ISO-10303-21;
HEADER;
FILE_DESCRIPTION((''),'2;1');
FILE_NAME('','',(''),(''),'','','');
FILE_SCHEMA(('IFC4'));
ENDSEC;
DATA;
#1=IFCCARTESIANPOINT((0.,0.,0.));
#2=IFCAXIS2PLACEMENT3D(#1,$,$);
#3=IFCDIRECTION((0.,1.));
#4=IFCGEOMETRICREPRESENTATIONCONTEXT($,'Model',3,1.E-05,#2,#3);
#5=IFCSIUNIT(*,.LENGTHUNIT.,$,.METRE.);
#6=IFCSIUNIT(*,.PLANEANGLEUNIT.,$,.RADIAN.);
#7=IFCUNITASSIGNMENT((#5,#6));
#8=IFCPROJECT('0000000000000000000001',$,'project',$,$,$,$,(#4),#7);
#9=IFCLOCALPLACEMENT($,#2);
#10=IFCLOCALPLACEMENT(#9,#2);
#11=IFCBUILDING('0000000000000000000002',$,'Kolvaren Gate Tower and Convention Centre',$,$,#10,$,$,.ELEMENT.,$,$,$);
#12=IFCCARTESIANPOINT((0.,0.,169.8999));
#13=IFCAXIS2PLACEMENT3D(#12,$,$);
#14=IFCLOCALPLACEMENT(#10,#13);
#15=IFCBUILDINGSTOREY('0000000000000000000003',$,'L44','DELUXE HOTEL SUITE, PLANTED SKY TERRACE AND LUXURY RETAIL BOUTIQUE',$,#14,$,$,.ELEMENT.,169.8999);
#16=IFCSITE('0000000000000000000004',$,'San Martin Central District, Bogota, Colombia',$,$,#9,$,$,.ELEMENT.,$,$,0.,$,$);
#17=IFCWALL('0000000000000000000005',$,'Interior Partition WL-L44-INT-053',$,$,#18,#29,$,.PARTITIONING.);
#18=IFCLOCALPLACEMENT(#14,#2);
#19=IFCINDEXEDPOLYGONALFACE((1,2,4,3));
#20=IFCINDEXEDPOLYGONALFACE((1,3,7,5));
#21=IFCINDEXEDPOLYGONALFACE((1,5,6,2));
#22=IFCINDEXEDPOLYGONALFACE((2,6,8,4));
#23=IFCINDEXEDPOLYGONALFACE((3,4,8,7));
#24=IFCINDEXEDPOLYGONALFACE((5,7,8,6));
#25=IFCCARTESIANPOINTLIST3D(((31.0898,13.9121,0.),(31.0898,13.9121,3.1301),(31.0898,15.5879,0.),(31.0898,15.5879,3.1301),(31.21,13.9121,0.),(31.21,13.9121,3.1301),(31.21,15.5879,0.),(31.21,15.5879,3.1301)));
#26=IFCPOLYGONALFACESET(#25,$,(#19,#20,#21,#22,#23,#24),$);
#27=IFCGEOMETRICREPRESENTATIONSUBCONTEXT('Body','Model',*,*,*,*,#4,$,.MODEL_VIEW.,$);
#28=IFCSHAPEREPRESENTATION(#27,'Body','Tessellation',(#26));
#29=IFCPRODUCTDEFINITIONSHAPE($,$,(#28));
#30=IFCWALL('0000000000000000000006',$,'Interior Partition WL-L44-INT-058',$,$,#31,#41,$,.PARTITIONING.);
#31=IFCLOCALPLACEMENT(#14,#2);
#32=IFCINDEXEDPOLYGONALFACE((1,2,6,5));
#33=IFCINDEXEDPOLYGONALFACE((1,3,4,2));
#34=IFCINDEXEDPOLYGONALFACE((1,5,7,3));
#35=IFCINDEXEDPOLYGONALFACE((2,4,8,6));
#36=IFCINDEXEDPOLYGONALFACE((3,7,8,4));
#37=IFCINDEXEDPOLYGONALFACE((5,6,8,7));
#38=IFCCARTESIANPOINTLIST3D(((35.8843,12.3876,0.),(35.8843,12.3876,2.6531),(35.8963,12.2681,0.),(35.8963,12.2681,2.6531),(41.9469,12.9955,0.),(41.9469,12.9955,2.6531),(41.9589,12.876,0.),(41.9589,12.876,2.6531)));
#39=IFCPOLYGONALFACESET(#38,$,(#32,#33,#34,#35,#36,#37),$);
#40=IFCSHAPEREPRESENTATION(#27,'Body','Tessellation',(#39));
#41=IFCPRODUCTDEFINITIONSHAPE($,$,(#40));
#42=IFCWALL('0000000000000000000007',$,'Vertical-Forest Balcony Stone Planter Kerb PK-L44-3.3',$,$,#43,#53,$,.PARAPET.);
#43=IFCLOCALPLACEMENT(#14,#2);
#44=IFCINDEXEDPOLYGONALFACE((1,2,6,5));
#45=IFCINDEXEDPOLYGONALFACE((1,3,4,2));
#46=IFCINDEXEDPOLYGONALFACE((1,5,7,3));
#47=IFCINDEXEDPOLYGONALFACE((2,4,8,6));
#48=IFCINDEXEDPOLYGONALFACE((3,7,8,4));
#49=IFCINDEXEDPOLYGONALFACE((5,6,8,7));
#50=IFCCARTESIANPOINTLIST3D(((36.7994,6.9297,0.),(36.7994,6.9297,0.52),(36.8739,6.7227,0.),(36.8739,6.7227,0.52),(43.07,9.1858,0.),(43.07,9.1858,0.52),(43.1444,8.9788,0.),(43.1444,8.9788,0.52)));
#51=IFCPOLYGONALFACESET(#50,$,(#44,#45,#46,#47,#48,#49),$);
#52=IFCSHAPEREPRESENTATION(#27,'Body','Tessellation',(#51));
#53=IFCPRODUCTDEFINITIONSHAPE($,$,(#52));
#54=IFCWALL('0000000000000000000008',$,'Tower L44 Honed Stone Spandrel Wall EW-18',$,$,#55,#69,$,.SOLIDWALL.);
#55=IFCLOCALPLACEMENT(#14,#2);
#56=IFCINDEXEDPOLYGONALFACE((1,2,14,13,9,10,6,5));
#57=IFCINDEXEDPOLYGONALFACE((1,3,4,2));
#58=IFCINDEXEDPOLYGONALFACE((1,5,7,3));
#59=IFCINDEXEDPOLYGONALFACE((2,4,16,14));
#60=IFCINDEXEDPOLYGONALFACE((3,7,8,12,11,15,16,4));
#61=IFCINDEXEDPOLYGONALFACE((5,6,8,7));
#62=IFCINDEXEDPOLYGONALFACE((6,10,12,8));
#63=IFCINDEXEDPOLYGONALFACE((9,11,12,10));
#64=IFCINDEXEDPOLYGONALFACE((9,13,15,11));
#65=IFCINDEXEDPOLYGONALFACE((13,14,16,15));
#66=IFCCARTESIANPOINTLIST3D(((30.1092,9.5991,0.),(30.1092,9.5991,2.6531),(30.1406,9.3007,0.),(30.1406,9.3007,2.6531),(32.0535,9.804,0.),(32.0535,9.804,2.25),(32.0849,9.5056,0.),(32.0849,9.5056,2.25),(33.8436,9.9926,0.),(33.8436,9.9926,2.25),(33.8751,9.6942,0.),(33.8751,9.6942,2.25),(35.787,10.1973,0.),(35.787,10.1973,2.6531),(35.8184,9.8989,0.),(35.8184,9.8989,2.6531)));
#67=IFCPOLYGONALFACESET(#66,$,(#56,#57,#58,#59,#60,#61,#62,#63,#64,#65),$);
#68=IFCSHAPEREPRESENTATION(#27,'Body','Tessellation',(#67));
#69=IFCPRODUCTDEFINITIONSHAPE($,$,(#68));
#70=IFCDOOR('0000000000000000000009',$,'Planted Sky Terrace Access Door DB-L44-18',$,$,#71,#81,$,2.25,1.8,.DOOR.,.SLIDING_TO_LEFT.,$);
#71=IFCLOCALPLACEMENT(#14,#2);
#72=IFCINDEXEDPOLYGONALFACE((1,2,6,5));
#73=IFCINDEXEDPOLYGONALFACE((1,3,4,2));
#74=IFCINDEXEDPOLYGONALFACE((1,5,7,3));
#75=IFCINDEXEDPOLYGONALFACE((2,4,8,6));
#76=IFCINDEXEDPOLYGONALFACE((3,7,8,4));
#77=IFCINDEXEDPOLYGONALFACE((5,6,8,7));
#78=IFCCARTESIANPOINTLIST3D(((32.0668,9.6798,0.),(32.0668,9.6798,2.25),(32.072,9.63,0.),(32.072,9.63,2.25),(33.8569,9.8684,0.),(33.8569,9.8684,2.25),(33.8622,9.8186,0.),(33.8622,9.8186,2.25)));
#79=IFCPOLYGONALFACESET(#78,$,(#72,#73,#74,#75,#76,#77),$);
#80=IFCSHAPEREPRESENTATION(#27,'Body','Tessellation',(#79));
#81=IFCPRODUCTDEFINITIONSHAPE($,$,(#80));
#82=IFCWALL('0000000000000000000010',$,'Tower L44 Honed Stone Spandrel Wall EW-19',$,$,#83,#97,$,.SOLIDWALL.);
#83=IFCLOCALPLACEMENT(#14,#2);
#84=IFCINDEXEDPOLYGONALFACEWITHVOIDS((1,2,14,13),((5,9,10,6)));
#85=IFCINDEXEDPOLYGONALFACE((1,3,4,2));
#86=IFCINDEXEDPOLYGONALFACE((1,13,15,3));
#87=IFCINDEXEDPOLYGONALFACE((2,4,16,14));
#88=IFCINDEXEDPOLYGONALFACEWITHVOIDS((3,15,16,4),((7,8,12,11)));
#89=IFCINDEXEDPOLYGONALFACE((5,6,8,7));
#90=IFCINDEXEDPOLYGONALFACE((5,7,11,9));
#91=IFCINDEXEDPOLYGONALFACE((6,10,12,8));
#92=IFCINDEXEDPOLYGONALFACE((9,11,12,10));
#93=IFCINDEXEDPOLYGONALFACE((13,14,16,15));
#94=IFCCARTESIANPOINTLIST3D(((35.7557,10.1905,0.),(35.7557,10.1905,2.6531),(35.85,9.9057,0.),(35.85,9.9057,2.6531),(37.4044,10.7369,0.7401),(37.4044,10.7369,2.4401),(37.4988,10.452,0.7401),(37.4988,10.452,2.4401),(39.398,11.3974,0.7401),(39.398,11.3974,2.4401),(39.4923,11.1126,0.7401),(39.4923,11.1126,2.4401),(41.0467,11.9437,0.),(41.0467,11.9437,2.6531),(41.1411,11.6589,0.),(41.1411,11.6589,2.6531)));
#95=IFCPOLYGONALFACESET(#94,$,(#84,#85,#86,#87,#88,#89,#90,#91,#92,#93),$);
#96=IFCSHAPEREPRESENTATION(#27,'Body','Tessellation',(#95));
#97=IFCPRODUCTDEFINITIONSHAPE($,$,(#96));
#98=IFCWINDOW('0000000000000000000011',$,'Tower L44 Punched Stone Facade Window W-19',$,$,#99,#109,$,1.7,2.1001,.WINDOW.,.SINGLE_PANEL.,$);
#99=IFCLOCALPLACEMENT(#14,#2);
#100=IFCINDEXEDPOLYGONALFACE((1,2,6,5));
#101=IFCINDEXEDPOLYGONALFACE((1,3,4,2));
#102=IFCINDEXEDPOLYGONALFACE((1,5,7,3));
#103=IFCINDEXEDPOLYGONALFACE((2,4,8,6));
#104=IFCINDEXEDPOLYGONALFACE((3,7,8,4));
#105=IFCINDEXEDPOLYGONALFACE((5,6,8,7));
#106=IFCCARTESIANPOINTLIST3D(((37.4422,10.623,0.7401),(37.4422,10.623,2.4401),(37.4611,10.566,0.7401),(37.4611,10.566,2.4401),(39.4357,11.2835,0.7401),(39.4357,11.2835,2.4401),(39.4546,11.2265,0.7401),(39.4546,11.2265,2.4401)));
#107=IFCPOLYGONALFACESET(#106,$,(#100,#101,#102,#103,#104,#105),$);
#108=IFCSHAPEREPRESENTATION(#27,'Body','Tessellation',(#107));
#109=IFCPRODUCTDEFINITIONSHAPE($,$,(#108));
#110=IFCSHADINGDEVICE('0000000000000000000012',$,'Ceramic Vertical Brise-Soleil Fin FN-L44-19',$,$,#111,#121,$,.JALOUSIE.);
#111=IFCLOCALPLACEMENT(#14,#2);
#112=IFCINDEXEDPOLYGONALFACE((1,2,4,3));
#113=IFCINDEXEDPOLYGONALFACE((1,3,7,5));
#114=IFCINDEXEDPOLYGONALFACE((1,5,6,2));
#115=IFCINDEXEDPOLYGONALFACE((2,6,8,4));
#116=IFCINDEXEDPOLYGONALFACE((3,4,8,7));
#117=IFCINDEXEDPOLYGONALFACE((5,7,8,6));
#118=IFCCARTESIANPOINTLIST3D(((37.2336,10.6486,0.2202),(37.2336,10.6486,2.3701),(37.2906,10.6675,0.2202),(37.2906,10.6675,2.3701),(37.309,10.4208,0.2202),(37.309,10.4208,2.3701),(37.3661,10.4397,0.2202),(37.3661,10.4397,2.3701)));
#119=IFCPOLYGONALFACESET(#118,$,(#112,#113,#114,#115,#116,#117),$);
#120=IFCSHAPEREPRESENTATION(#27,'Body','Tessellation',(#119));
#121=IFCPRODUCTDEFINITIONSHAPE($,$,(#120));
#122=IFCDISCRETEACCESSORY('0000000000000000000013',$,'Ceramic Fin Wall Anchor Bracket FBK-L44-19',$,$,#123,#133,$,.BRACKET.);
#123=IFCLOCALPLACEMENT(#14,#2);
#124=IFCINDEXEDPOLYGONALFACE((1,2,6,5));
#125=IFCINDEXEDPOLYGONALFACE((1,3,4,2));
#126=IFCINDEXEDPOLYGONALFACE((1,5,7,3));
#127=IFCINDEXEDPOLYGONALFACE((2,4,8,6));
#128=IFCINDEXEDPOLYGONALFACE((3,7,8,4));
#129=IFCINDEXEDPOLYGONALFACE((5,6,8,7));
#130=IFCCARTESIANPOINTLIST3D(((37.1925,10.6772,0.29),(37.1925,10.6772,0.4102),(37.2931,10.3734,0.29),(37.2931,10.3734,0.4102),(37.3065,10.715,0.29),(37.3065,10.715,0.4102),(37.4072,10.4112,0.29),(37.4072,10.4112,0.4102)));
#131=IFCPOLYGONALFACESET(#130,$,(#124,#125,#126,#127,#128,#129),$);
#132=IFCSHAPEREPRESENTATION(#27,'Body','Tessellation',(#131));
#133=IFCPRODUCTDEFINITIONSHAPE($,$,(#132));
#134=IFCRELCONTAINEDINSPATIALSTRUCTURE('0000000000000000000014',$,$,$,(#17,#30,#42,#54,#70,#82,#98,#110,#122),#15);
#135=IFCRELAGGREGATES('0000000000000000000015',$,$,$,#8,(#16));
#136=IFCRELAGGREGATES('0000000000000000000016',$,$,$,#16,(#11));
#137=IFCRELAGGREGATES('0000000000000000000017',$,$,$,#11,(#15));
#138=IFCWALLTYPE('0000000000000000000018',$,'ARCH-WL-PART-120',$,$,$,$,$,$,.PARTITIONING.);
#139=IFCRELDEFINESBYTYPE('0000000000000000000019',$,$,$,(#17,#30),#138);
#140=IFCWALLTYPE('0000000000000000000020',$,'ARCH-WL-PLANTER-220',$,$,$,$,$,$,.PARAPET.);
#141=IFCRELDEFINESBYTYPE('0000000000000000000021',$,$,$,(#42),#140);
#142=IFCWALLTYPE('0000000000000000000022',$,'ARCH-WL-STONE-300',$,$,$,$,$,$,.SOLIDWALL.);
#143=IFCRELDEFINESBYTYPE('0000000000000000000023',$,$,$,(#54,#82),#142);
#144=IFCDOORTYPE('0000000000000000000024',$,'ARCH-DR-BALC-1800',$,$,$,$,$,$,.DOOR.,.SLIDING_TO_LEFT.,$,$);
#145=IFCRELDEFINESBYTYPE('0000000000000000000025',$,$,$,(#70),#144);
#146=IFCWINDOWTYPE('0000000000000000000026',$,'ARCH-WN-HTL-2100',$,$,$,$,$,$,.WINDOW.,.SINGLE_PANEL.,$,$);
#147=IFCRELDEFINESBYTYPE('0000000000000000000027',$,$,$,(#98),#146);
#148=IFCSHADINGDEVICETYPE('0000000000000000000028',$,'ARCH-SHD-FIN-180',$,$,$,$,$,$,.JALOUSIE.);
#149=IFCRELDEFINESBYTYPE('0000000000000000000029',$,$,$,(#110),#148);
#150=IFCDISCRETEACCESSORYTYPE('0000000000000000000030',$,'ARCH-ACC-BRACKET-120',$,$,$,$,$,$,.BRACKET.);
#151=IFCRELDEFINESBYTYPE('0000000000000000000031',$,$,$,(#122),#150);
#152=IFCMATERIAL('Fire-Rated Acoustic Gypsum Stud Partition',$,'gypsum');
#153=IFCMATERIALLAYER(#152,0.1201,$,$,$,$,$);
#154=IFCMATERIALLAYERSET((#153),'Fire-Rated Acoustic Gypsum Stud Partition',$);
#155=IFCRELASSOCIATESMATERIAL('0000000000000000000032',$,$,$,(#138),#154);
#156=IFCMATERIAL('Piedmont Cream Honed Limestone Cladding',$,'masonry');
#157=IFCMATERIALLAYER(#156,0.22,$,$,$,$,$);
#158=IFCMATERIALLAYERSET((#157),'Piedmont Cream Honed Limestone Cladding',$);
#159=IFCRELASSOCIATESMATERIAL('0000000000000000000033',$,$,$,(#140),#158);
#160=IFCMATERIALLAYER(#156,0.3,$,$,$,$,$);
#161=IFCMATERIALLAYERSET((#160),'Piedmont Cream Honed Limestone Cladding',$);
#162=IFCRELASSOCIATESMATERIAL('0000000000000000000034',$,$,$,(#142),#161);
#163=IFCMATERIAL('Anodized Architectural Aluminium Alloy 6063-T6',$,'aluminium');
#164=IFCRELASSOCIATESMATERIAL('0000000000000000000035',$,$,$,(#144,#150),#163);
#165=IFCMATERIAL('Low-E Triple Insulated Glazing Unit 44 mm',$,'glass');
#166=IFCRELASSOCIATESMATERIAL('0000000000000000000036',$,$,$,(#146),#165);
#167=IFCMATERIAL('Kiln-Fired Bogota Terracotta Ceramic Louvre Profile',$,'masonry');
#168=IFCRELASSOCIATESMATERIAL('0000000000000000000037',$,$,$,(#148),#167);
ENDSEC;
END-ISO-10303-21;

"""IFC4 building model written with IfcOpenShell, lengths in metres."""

from ifc_helpers import new_model, si_unit, direction, frame, frame_2d, origin, origin_2d, place, context, subcontext, project, spatial, rectangle, extrude, material, layer, layer_set, type_object, element, fill, save


model = new_model("IFC4")

# Units and contexts
model_context = context("Model", 3, precision=1e-05, world=origin(), true_north=direction((0.0, 1.0)))
body_context = subcontext(model_context, "Body", "Model", "MODEL_VIEW")
ifc_project = project(units=[si_unit("LENGTHUNIT", "METRE"), si_unit("PLANEANGLEUNIT", "RADIAN")], contexts=[model_context])

# Site, building, storey
site_placement = place(None, origin())
site = spatial("IfcSite", under=ifc_project, at=site_placement, Name="San Martin Central District, Bogota, Colombia", CompositionType="ELEMENT", RefElevation=0.0)
building_placement = place(site_placement, origin())
building = spatial("IfcBuilding", under=site, at=building_placement, Name="Kolvaren Gate Tower and Convention Centre", CompositionType="ELEMENT")
storey_placement = place(building_placement, frame((0.0, 0.0, 169.8999)))
storey = spatial("IfcBuildingStorey", under=building, at=storey_placement, Name="L44", Description="DELUXE HOTEL SUITE, PLANTED SKY TERRACE AND LUXURY RETAIL BOUTIQUE", CompositionType="ELEMENT", Elevation=169.8999)

# Shared definitions
ifc_material_1 = material(Name="Fire-Rated Acoustic Gypsum Stud Partition", Category="gypsum")
ifc_layer_1 = layer(ifc_material_1, 0.1201)
ifc_layer_set_1 = layer_set([ifc_layer_1], Name="Fire-Rated Acoustic Gypsum Stud Partition")
wall_type_1 = type_object("IfcWallType", Name="ARCH-WL-PART-120", PredefinedType="PARTITIONING", material=ifc_layer_set_1)

# Walls
wall_1_placement = place(storey_placement, frame((31.1499, 13.9121, 0.0), z_axis=(0.0, 0.0, 1.0), x_axis=(0.0, 1.0, 0.0)))
element("IfcWall", 1, at=wall_1_placement, inside=storey, type_object=wall_type_1, Name="Interior Partition WL-L44-INT-053", PredefinedType="PARTITIONING", context=body_context, shape_type="SweptSolid", body=[
    extrude(rectangle(XDim=1.6758, YDim=0.1201, at=frame_2d((0.8379, 0.0))), origin(), (0.0, 0.0, 1.0), 3.1301),
])
wall_2_placement = place(storey_placement, frame((35.8904, 12.3279, 0.0), z_axis=(0.0, 0.0, 1.0), x_axis=(0.99501, 0.099773, 0.0)))
element("IfcWall", 2, at=wall_2_placement, inside=storey, type_object=wall_type_1, Name="Interior Partition WL-L44-INT-058", PredefinedType="PARTITIONING", context=body_context, shape_type="SweptSolid", body=[
    extrude(rectangle(XDim=6.093, YDim=0.1201, at=frame_2d((3.0464, 0.0))), origin(), (0.0, 0.0, 1.0), 2.6531),
])
ifc_material_2 = material(Name="Piedmont Cream Honed Limestone Cladding", Category="masonry")
ifc_layer_2 = layer(ifc_material_2, 0.22)
ifc_layer_set_2 = layer_set([ifc_layer_2], Name="Piedmont Cream Honed Limestone Cladding")
wall_type_2 = type_object("IfcWallType", Name="ARCH-WL-PLANTER-220", PredefinedType="PARAPET", material=ifc_layer_set_2)
wall_3_placement = place(storey_placement, frame((36.8367, 6.8262, 0.0), z_axis=(0.0, 0.0, 1.0), x_axis=(0.940949, 0.33855, 0.0)))
element("IfcWall", 3, at=wall_3_placement, inside=storey, type_object=wall_type_2, Name="Vertical-Forest Balcony Stone Planter Kerb PK-L44-3.3", PredefinedType="PARAPET", context=body_context, shape_type="SweptSolid", body=[
    extrude(rectangle(XDim=6.6641, YDim=0.22, at=frame_2d((3.332, 0.0))), origin(), (0.0, 0.0, 1.0), 0.52),
])

# Wall, opening, door
ifc_layer_3 = layer(ifc_material_2, 0.3)
ifc_layer_set_3 = layer_set([ifc_layer_3], Name="Piedmont Cream Honed Limestone Cladding")
wall_type_3 = type_object("IfcWallType", Name="ARCH-WL-STONE-300", PredefinedType="SOLIDWALL", material=ifc_layer_set_3)
wall_4_placement = place(storey_placement, frame((30.125, 9.45, 0.0), z_axis=(0.0, 0.0, 1.0), x_axis=(0.994497, 0.104769, 0.0)))
wall_4 = element("IfcWall", 4, at=wall_4_placement, inside=storey, type_object=wall_type_3, Name="Tower L44 Honed Stone Spandrel Wall EW-18", PredefinedType="SOLIDWALL", context=body_context, shape_type="SweptSolid", body=[
    extrude(rectangle(XDim=5.7092, YDim=0.3, at=frame_2d((2.8545, 0.0))), origin(), (0.0, 0.0, 1.0), 2.6531),
])
opening_1_placement = place(wall_4_placement, frame((1.9551, 0.0, 0.0)))
opening_1 = element("IfcOpeningElement", 5, at=opening_1_placement, cuts=wall_4, PredefinedType="OPENING", context=body_context, shape_type="SweptSolid", body=[
    extrude(rectangle(XDim=1.8, YDim=2.25, at=frame_2d((0.8999, 1.125))), frame((0.0, 0.1599, 0.0), z_axis=(0.0, -1.0, 0.0), x_axis=(1.0, 0.0, 0.0)), (0.0, 0.0, 1.0), 0.3201),
])
ifc_material_3 = material(Name="Anodized Architectural Aluminium Alloy 6063-T6", Category="aluminium")
door_type_1 = type_object("IfcDoorType", Name="ARCH-DR-BALC-1800", OperationType="SLIDING_TO_LEFT", PredefinedType="DOOR", material=ifc_material_3)
door_1_placement = place(opening_1_placement, frame((1.8, 0.0, 0.0), z_axis=(0.0, 0.0, 1.0), x_axis=(-1.0, 0.0, 0.0)))
door_1 = element("IfcDoor", 6, at=door_1_placement, inside=storey, type_object=door_type_1, Name="Planted Sky Terrace Access Door DB-L44-18", OperationType="SLIDING_TO_LEFT", OverallHeight=2.25, OverallWidth=1.8, PredefinedType="DOOR", context=body_context, shape_type="SweptSolid", body=[
    extrude(rectangle(XDim=1.8, YDim=2.25, at=frame_2d((0.8999, 1.125))), frame((0.0, 0.0249, 0.0), z_axis=(0.0, -1.0, 0.0), x_axis=(1.0, 0.0, 0.0)), (0.0, 0.0, 1.0), 0.05),
])
fill(opening_1, door_1)

# Wall, opening, window
wall_5_placement = place(storey_placement, frame((35.8027, 10.0481, 0.0), z_axis=(0.0, 0.0, 1.0), x_axis=(0.949247, 0.314532, 0.0)))
wall_5 = element("IfcWall", 7, at=wall_5_placement, inside=storey, type_object=wall_type_3, Name="Tower L44 Honed Stone Spandrel Wall EW-19", PredefinedType="SOLIDWALL", context=body_context, shape_type="SweptSolid", body=[
    extrude(rectangle(XDim=5.574, YDim=0.3, at=frame_2d((2.7871, 0.0))), origin(), (0.0, 0.0, 1.0), 2.6531),
])
opening_2_placement = place(wall_5_placement, frame((1.7371, 0.0, 0.74)))
opening_2 = element("IfcOpeningElement", 8, at=opening_2_placement, cuts=wall_5, PredefinedType="OPENING", context=body_context, shape_type="SweptSolid", body=[
    extrude(rectangle(XDim=2.1001, YDim=1.7, at=frame_2d((1.05, 0.8501))), frame((0.0, 0.1599, 0.0), z_axis=(0.0, -1.0, 0.0), x_axis=(1.0, 0.0, 0.0)), (0.0, 0.0, 1.0), 0.3201),
])
ifc_material_4 = material(Name="Low-E Triple Insulated Glazing Unit 44 mm", Category="glass")
window_type = type_object("IfcWindowType", Name="ARCH-WN-HTL-2100", PartitioningType="SINGLE_PANEL", PredefinedType="WINDOW", material=ifc_material_4)
window_placement = place(opening_2_placement, origin())
window = element("IfcWindow", 9, at=window_placement, inside=storey, type_object=window_type, Name="Tower L44 Punched Stone Facade Window W-19", OverallHeight=1.7, OverallWidth=2.1001, PartitioningType="SINGLE_PANEL", PredefinedType="WINDOW", context=body_context, shape_type="SweptSolid", body=[
    extrude(rectangle(XDim=2.1001, YDim=1.7, at=frame_2d((1.05, 0.8501))), frame((0.0, 0.03, 0.0), z_axis=(0.0, -1.0, 0.0), x_axis=(1.0, 0.0, 0.0)), (0.0, 0.0, 1.0), 0.0601),
])
fill(opening_2, window)

# Shading device
ifc_material_5 = material(Name="Kiln-Fired Bogota Terracotta Ceramic Louvre Profile", Category="masonry")
shading_device_type = type_object("IfcShadingDeviceType", Name="ARCH-SHD-FIN-180", PredefinedType="JALOUSIE", material=ifc_material_5)
shading_device_placement = place(storey_placement, frame((37.2998, 10.5442, 0.2202), z_axis=(0.0, 0.0, 1.0), x_axis=(0.94924, 0.314554, 0.0)))
element("IfcShadingDevice", 10, at=shading_device_placement, inside=storey, type_object=shading_device_type, Name="Ceramic Vertical Brise-Soleil Fin FN-L44-19", PredefinedType="JALOUSIE", context=body_context, shape_type="SweptSolid", body=[
    extrude(rectangle(XDim=0.0601, YDim=0.24, at=origin_2d()), origin(), (0.0, 0.0, 1.0), 2.1499),
])

# Discrete accessory
discrete_accessory_type = type_object("IfcDiscreteAccessoryType", Name="ARCH-ACC-BRACKET-120", PredefinedType="BRACKET", material=ifc_material_3)
discrete_accessory_placement = place(storey_placement, frame((37.2998, 10.5442, 0.29), z_axis=(0.0, 0.0, 1.0), x_axis=(0.94924, 0.314554, 0.0)))
element("IfcDiscreteAccessory", 11, at=discrete_accessory_placement, inside=storey, type_object=discrete_accessory_type, Name="Ceramic Fin Wall Anchor Bracket FBK-L44-19", PredefinedType="BRACKET", context=body_context, shape_type="SweptSolid", body=[
    extrude(rectangle(XDim=0.1201, YDim=0.3201, at=origin_2d()), origin(), (0.0, 0.0, 1.0), 0.1201),
])

save(model, "model.ifc")
